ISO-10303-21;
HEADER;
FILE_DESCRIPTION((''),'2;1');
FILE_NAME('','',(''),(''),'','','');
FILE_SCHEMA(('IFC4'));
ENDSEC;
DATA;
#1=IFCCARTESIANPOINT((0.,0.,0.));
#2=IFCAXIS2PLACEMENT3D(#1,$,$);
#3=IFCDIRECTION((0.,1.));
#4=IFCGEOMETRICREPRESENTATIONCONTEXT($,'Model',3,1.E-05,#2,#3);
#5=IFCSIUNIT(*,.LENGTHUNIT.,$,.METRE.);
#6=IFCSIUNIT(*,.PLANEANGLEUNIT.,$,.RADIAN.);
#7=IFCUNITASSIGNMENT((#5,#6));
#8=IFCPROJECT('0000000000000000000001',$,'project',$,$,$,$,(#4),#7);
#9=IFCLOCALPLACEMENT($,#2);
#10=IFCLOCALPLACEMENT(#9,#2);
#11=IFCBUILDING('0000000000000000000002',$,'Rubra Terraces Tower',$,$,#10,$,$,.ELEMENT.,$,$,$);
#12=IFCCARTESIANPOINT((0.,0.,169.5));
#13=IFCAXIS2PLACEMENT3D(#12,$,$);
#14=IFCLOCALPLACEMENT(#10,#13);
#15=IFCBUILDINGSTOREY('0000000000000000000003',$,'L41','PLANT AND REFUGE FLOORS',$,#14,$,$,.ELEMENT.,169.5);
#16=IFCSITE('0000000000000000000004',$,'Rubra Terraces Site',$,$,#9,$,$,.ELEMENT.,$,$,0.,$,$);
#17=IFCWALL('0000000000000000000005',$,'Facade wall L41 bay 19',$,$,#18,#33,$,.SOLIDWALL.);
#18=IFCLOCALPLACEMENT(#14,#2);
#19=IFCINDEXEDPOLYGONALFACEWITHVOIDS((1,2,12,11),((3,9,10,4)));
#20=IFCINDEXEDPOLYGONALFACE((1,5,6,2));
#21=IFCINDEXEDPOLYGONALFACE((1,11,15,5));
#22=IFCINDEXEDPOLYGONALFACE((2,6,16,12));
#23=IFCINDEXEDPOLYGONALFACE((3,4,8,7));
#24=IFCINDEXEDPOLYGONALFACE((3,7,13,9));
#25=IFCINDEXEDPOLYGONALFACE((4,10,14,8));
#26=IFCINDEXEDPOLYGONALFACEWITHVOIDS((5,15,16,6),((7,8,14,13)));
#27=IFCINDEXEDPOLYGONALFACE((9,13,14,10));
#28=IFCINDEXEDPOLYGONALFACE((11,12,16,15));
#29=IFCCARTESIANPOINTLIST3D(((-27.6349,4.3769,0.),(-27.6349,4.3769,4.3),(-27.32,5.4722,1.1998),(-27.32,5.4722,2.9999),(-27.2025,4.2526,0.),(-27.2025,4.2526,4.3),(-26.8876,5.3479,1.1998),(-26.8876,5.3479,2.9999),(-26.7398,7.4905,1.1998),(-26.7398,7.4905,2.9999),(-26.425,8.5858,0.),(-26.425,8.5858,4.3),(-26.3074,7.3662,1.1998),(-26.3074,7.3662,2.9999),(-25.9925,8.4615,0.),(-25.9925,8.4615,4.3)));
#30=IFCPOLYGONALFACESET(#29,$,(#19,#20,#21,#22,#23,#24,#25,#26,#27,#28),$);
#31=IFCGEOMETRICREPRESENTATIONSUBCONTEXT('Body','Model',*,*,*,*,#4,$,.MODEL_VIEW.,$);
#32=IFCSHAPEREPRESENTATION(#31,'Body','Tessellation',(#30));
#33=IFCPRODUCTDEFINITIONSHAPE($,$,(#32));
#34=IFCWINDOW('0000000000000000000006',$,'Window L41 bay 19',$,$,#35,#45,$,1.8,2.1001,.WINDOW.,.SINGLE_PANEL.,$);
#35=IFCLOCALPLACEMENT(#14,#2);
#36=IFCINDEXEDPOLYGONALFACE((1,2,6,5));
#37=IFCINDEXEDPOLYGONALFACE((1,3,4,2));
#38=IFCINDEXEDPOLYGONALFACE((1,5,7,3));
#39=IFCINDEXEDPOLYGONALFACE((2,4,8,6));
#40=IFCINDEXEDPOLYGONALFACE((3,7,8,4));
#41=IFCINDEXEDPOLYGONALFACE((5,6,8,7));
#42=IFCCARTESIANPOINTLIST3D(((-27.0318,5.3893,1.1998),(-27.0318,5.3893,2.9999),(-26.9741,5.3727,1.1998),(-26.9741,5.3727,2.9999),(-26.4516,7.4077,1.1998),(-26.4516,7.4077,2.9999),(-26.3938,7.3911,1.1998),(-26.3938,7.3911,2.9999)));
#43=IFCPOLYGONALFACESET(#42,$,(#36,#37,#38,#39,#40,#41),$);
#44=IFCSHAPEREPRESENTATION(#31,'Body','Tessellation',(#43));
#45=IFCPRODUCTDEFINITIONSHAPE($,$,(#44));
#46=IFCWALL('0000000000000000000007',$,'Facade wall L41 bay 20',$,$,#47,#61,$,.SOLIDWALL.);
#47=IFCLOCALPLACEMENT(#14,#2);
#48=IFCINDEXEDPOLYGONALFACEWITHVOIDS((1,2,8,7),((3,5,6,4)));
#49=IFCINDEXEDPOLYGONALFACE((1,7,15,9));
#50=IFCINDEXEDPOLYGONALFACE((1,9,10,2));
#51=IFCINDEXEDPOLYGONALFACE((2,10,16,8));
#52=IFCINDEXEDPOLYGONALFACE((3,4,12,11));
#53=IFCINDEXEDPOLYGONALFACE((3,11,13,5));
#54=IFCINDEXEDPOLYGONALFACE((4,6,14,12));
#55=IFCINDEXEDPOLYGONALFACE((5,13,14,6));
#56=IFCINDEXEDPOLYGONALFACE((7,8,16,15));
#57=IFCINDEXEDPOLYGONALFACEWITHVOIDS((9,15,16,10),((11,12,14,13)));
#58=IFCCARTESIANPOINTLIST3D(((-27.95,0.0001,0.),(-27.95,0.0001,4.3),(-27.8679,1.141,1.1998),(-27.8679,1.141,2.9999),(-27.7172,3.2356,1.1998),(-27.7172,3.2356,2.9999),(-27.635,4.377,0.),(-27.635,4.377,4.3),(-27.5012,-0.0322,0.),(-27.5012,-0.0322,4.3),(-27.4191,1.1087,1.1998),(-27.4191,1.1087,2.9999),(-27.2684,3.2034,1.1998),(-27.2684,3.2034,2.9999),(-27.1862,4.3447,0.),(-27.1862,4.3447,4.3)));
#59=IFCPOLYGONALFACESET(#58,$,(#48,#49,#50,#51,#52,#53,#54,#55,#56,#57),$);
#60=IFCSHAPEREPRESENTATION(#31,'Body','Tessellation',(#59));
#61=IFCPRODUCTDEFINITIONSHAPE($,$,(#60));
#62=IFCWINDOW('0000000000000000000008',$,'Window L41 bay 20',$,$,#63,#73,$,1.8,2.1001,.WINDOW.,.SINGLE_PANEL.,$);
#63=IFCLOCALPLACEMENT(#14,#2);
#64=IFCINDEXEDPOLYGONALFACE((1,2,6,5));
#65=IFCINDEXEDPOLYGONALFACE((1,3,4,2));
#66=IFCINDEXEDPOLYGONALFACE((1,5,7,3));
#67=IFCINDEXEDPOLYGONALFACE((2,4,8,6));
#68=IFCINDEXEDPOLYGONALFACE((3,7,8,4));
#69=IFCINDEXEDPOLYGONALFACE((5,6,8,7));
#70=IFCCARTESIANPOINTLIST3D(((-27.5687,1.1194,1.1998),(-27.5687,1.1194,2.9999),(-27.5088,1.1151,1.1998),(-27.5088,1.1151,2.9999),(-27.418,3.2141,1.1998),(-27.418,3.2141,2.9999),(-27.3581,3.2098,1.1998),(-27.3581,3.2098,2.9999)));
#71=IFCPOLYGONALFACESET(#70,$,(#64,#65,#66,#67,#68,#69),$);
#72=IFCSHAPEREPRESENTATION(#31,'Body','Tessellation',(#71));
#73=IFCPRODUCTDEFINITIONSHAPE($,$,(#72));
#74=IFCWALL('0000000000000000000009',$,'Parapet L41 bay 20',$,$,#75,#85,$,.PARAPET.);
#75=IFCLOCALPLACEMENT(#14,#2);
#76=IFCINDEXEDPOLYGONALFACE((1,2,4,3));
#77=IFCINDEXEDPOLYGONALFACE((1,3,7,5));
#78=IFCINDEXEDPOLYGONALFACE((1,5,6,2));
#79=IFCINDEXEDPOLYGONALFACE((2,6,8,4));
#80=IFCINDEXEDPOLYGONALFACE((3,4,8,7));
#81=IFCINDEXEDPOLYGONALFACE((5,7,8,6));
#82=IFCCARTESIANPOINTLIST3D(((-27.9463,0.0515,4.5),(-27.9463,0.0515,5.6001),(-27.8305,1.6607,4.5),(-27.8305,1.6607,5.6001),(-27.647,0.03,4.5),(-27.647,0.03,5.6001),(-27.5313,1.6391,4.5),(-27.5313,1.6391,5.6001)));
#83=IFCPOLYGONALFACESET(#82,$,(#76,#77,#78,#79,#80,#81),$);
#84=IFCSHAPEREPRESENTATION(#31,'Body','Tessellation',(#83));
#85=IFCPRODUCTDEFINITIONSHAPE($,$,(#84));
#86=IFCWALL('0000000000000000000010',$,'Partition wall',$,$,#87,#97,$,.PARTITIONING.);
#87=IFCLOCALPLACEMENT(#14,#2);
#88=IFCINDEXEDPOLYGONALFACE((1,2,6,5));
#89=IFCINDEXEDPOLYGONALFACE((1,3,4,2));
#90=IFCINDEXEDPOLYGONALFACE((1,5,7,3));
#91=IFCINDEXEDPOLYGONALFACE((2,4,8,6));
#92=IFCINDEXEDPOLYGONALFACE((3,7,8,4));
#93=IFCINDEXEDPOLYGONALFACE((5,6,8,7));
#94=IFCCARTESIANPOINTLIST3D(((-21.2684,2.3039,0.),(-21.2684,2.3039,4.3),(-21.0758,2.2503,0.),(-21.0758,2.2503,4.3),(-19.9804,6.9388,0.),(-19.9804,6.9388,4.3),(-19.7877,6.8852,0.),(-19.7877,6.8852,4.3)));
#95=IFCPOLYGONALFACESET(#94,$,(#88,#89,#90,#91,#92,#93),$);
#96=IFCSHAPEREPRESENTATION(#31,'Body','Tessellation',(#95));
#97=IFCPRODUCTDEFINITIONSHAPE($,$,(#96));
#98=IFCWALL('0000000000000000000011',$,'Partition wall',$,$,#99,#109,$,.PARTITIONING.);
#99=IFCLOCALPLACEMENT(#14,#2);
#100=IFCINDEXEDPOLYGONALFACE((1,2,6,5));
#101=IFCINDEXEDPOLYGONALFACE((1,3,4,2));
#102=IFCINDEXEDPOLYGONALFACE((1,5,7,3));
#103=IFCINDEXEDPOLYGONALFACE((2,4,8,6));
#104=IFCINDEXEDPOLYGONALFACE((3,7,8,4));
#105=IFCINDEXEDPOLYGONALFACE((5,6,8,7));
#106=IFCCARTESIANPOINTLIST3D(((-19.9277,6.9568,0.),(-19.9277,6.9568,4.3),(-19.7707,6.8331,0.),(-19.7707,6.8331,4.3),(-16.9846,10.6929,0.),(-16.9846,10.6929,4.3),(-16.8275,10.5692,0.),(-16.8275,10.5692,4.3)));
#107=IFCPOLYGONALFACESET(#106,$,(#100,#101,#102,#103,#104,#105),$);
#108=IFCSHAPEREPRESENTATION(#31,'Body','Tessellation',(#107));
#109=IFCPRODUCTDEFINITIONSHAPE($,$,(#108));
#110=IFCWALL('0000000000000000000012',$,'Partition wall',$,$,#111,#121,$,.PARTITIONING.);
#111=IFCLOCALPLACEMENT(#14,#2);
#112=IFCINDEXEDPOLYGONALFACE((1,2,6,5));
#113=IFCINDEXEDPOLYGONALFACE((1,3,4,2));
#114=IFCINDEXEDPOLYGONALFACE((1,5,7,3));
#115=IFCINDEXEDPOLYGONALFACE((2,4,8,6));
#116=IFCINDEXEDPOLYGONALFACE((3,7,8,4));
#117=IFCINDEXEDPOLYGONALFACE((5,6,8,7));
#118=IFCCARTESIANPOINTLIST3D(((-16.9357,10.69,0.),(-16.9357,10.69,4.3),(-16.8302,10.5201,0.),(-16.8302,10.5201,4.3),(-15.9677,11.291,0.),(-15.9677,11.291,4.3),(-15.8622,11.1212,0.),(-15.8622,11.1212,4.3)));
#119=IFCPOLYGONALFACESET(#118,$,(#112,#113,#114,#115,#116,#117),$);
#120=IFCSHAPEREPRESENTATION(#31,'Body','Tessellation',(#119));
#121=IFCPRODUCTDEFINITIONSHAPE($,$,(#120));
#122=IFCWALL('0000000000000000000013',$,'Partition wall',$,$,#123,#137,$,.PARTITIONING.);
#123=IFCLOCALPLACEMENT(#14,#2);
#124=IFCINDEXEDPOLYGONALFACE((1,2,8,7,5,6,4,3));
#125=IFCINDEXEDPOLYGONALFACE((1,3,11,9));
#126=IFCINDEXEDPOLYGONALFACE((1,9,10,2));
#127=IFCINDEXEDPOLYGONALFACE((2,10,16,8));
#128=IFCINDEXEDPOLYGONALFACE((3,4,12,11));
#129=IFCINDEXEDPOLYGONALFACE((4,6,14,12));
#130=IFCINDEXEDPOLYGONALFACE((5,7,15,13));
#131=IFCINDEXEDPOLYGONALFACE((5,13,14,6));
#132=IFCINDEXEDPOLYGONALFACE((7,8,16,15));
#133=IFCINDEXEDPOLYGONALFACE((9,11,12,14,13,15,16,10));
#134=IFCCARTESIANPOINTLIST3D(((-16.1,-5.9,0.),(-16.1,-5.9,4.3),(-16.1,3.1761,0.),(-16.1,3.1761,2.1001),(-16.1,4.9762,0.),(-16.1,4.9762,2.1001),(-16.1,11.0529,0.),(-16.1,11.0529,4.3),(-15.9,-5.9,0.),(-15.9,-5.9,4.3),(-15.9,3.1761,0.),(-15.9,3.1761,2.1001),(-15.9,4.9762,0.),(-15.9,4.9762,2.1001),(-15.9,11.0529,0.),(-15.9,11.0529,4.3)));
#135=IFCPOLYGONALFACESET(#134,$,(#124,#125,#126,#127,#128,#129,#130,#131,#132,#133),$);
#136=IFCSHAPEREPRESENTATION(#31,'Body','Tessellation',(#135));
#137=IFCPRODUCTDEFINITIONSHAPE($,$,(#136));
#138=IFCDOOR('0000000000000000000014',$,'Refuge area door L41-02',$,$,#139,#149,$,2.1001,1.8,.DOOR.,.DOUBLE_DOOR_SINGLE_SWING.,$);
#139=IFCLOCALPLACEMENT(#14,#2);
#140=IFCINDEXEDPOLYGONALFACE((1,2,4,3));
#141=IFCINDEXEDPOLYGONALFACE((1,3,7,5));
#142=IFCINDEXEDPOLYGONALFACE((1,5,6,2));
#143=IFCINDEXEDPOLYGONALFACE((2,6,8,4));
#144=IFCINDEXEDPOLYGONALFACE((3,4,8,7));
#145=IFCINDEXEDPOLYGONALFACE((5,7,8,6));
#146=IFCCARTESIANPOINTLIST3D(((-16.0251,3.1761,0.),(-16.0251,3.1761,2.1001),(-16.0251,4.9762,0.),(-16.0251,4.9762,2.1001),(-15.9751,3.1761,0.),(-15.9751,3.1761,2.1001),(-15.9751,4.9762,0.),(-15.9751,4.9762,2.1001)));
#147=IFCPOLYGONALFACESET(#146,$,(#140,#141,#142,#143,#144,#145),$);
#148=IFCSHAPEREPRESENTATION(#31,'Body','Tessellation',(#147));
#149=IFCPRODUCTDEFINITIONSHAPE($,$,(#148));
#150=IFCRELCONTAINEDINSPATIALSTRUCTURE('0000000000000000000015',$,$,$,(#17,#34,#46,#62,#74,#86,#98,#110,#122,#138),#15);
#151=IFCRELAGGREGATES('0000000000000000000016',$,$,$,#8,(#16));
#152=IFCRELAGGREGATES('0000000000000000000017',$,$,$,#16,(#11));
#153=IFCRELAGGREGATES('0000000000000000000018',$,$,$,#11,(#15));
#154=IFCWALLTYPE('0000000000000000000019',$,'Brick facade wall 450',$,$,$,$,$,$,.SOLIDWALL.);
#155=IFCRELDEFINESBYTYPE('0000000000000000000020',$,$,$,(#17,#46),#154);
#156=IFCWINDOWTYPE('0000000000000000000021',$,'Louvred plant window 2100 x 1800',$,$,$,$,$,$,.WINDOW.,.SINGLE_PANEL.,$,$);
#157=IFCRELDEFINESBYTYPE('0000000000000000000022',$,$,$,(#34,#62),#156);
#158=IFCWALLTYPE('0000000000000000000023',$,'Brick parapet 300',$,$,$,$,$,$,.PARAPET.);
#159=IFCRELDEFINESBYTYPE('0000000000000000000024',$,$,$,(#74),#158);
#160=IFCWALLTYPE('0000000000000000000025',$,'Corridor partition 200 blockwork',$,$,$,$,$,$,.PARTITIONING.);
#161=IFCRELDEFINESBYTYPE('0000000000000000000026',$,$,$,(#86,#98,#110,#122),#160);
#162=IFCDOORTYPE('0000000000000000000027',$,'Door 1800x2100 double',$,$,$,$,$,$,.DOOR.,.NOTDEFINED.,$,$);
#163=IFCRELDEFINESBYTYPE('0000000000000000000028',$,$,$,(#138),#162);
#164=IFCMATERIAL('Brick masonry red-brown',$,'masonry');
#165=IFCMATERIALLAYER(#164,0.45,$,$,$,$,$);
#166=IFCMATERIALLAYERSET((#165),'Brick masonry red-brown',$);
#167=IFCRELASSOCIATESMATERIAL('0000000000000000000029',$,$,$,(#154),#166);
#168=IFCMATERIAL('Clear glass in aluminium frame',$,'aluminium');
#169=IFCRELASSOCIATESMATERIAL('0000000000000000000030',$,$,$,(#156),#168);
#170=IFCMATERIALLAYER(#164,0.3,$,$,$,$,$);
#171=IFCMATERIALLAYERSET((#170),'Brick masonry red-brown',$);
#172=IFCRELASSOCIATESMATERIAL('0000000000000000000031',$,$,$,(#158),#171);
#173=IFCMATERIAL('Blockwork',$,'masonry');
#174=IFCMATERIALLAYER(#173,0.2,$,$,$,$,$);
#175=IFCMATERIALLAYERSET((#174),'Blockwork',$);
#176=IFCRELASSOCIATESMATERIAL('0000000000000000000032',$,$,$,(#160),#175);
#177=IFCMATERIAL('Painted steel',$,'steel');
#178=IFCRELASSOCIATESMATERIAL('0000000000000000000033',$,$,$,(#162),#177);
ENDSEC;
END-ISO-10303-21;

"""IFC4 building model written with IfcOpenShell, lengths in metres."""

from ifc_helpers import new_model, si_unit, direction, frame, frame_2d, origin, place, context, subcontext, project, spatial, rectangle, extrude, material, layer, layer_set, type_object, element, fill, save


model = new_model("IFC4")

# Units and contexts
model_context = context("Model", 3, precision=1e-05, world=origin(), true_north=direction((0.0, 1.0)))
body_context = subcontext(model_context, "Body", "Model", "MODEL_VIEW")
ifc_project = project(units=[si_unit("LENGTHUNIT", "METRE"), si_unit("PLANEANGLEUNIT", "RADIAN")], contexts=[model_context])

# Site, building, storey
site_placement = place(None, origin())
site = spatial("IfcSite", under=ifc_project, at=site_placement, Name="Rubra Terraces Site", CompositionType="ELEMENT", RefElevation=0.0)
building_placement = place(site_placement, origin())
building = spatial("IfcBuilding", under=site, at=building_placement, Name="Rubra Terraces Tower", CompositionType="ELEMENT")
storey_placement = place(building_placement, frame((0.0, 0.0, 169.5)))
storey = spatial("IfcBuildingStorey", under=building, at=storey_placement, Name="L41", Description="PLANT AND REFUGE FLOORS", CompositionType="ELEMENT", Elevation=169.5)

# Walls, openings, windows
ifc_material_1 = material(Name="Brick masonry red-brown", Category="masonry")
ifc_layer_1 = layer(ifc_material_1, 0.45)
ifc_layer_set_1 = layer_set([ifc_layer_1], Name="Brick masonry red-brown")
wall_type_1 = type_object("IfcWallType", Name="Brick facade wall 450", PredefinedType="SOLIDWALL", material=ifc_layer_set_1)
wall_1_placement = place(storey_placement, frame((-26.2087, 8.5237, 0.0), z_axis=(0.0, 0.0, 1.0), x_axis=(-0.276282, -0.961077, 0.0)))
wall_1 = element("IfcWall", 1, at=wall_1_placement, inside=storey, type_object=wall_type_1, Name="Facade wall L41 bay 19", PredefinedType="SOLIDWALL", context=body_context, shape_type="SweptSolid", body=[
    extrude(rectangle(XDim=4.3794, YDim=0.45, at=frame_2d((2.1897, 0.0))), origin(), (0.0, 0.0, 1.0), 4.3),
])
opening_1_placement = place(wall_1_placement, frame((1.1396, 0.0, 1.2)))
opening_1 = element("IfcOpeningElement", 2, at=opening_1_placement, cuts=wall_1, PredefinedType="OPENING", context=body_context, shape_type="SweptSolid", body=[
    extrude(rectangle(XDim=2.1001, YDim=1.8, at=frame_2d((1.05, 0.8999))), frame((0.0, 0.2349, 0.0), z_axis=(0.0, -1.0, 0.0), x_axis=(1.0, 0.0, 0.0)), (0.0, 0.0, 1.0), 0.47),
])
ifc_material_2 = material(Name="Clear glass in aluminium frame", Category="aluminium")
window_type = type_object("IfcWindowType", Name="Louvred plant window 2100 x 1800", PartitioningType="SINGLE_PANEL", PredefinedType="WINDOW", material=ifc_material_2)
window_1_placement = place(opening_1_placement, origin())
window_1 = element("IfcWindow", 3, at=window_1_placement, inside=storey, type_object=window_type, Name="Window L41 bay 19", OverallHeight=1.8, OverallWidth=2.1001, PartitioningType="SINGLE_PANEL", PredefinedType="WINDOW", context=body_context, shape_type="SweptSolid", body=[
    extrude(rectangle(XDim=2.1001, YDim=1.8, at=frame_2d((1.05, 0.8999))), frame((0.0, 0.135, 0.0), z_axis=(0.0, -1.0, 0.0), x_axis=(1.0, 0.0, 0.0)), (0.0, 0.0, 1.0), 0.0601),
])
fill(opening_1, window_1)
wall_2_placement = place(storey_placement, frame((-27.4106, 4.3608, 0.0), z_axis=(0.0, 0.0, 1.0), x_axis=(-0.071769, -0.997421, 0.0)))
wall_2 = element("IfcWall", 4, at=wall_2_placement, inside=storey, type_object=wall_type_1, Name="Facade wall L41 bay 20", PredefinedType="SOLIDWALL", context=body_context, shape_type="SweptSolid", body=[
    extrude(rectangle(XDim=4.3882, YDim=0.45, at=frame_2d((2.1941, 0.0))), origin(), (0.0, 0.0, 1.0), 4.3),
])
opening_2_placement = place(wall_2_placement, frame((1.1443, 0.0, 1.2)))
opening_2 = element("IfcOpeningElement", 5, at=opening_2_placement, cuts=wall_2, PredefinedType="OPENING", context=body_context, shape_type="SweptSolid", body=[
    extrude(rectangle(XDim=2.1001, YDim=1.8, at=frame_2d((1.05, 0.8999))), frame((0.0, 0.2349, 0.0), z_axis=(0.0, -1.0, 0.0), x_axis=(1.0, 0.0, 0.0)), (0.0, 0.0, 1.0), 0.47),
])
window_2_placement = place(opening_2_placement, origin())
window_2 = element("IfcWindow", 6, at=window_2_placement, inside=storey, type_object=window_type, Name="Window L41 bay 20", OverallHeight=1.8, OverallWidth=2.1001, PartitioningType="SINGLE_PANEL", PredefinedType="WINDOW", context=body_context, shape_type="SweptSolid", body=[
    extrude(rectangle(XDim=2.1001, YDim=1.8, at=frame_2d((1.05, 0.8999))), frame((0.0, 0.135, 0.0), z_axis=(0.0, -1.0, 0.0), x_axis=(1.0, 0.0, 0.0)), (0.0, 0.0, 1.0), 0.0601),
])
fill(opening_2, window_2)

# Walls
ifc_layer_2 = layer(ifc_material_1, 0.3)
ifc_layer_set_2 = layer_set([ifc_layer_2], Name="Brick masonry red-brown")
wall_type_2 = type_object("IfcWallType", Name="Brick parapet 300", PredefinedType="PARAPET", material=ifc_layer_set_2)
wall_3_placement = place(storey_placement, frame((-27.6809, 1.6499, 4.5), z_axis=(0.0, 0.0, 1.0), x_axis=(-0.071731, -0.997424, 0.0)))
element("IfcWall", 7, at=wall_3_placement, inside=storey, type_object=wall_type_2, Name="Parapet L41 bay 20", PredefinedType="PARAPET", context=body_context, shape_type="SweptSolid", body=[
    extrude(rectangle(XDim=1.6133, YDim=0.3, at=frame_2d((0.8066, 0.0))), origin(), (0.0, 0.0, 1.0), 1.1001),
])
ifc_material_3 = material(Name="Blockwork", Category="masonry")
ifc_layer_3 = layer(ifc_material_3, 0.2)
ifc_layer_set_3 = layer_set([ifc_layer_3], Name="Blockwork")
wall_type_3 = type_object("IfcWallType", Name="Corridor partition 200 blockwork", PredefinedType="PARTITIONING", material=ifc_layer_set_3)
wall_4_placement = place(storey_placement, frame((-21.1721, 2.2771, 0.0), z_axis=(0.0, 0.0, 1.0), x_axis=(0.267756, 0.963487, 0.0)))
element("IfcWall", 8, at=wall_4_placement, inside=storey, type_object=wall_type_3, Name="Partition wall", PredefinedType="PARTITIONING", context=body_context, shape_type="SweptSolid", body=[
    extrude(rectangle(XDim=4.8105, YDim=0.2, at=frame_2d((2.4053, 0.0))), origin(), (0.0, 0.0, 1.0), 4.3),
])
wall_5_placement = place(storey_placement, frame((-19.8491, 6.895, 0.0), z_axis=(0.0, 0.0, 1.0), x_axis=(0.618812, 0.785539, 0.0)))
element("IfcWall", 9, at=wall_5_placement, inside=storey, type_object=wall_type_3, Name="Partition wall", PredefinedType="PARTITIONING", context=body_context, shape_type="SweptSolid", body=[
    extrude(rectangle(XDim=4.7561, YDim=0.2, at=frame_2d((2.3779, 0.0))), origin(), (0.0, 0.0, 1.0), 4.3),
])
wall_6_placement = place(storey_placement, frame((-16.8831, 10.605, 0.0), z_axis=(0.0, 0.0, 1.0), x_axis=(0.849547, 0.527512, 0.0)))
element("IfcWall", 10, at=wall_6_placement, inside=storey, type_object=wall_type_3, Name="Partition wall", PredefinedType="PARTITIONING", context=body_context, shape_type="SweptSolid", body=[
    extrude(rectangle(XDim=1.1394, YDim=0.2, at=frame_2d((0.5698, 0.0))), origin(), (0.0, 0.0, 1.0), 4.3),
])

# Wall, opening, door
wall_7_placement = place(storey_placement, frame((-16.0, 11.053, 0.0), z_axis=(0.0, 0.0, 1.0), x_axis=(0.0, -1.0, 0.0)))
wall_7 = element("IfcWall", 11, at=wall_7_placement, inside=storey, type_object=wall_type_3, Name="Partition wall", PredefinedType="PARTITIONING", context=body_context, shape_type="SweptSolid", body=[
    extrude(rectangle(XDim=16.9529, YDim=0.2, at=frame_2d((8.4766, 0.0))), origin(), (0.0, 0.0, 1.0), 4.3),
])
opening_3_placement = place(wall_7_placement, frame((6.0769, 0.0, 0.0)))
opening_3 = element("IfcOpeningElement", 12, at=opening_3_placement, cuts=wall_7, PredefinedType="OPENING", context=body_context, shape_type="SweptSolid", body=[
    extrude(rectangle(XDim=1.8, YDim=2.1001, at=frame_2d((0.8999, 1.05))), frame((0.0, 0.1099, 0.0), z_axis=(0.0, -1.0, 0.0), x_axis=(1.0, 0.0, 0.0)), (0.0, 0.0, 1.0), 0.22),
])
ifc_material_4 = material(Name="Painted steel", Category="steel")
door_type = type_object("IfcDoorType", Name="Door 1800x2100 double", OperationType="NOTDEFINED", PredefinedType="DOOR", material=ifc_material_4)
door_placement = place(opening_3_placement, origin())
door = element("IfcDoor", 13, at=door_placement, inside=storey, type_object=door_type, Name="Refuge area door L41-02", OperationType="DOUBLE_DOOR_SINGLE_SWING", OverallHeight=2.1001, OverallWidth=1.8, PredefinedType="DOOR", context=body_context, shape_type="SweptSolid", body=[
    extrude(rectangle(XDim=1.8, YDim=2.1001, at=frame_2d((0.8999, 1.05))), frame((0.0, 0.0249, 0.0), z_axis=(0.0, -1.0, 0.0), x_axis=(1.0, 0.0, 0.0)), (0.0, 0.0, 1.0), 0.05),
])
fill(opening_3, door)

save(model, "model.ifc")
